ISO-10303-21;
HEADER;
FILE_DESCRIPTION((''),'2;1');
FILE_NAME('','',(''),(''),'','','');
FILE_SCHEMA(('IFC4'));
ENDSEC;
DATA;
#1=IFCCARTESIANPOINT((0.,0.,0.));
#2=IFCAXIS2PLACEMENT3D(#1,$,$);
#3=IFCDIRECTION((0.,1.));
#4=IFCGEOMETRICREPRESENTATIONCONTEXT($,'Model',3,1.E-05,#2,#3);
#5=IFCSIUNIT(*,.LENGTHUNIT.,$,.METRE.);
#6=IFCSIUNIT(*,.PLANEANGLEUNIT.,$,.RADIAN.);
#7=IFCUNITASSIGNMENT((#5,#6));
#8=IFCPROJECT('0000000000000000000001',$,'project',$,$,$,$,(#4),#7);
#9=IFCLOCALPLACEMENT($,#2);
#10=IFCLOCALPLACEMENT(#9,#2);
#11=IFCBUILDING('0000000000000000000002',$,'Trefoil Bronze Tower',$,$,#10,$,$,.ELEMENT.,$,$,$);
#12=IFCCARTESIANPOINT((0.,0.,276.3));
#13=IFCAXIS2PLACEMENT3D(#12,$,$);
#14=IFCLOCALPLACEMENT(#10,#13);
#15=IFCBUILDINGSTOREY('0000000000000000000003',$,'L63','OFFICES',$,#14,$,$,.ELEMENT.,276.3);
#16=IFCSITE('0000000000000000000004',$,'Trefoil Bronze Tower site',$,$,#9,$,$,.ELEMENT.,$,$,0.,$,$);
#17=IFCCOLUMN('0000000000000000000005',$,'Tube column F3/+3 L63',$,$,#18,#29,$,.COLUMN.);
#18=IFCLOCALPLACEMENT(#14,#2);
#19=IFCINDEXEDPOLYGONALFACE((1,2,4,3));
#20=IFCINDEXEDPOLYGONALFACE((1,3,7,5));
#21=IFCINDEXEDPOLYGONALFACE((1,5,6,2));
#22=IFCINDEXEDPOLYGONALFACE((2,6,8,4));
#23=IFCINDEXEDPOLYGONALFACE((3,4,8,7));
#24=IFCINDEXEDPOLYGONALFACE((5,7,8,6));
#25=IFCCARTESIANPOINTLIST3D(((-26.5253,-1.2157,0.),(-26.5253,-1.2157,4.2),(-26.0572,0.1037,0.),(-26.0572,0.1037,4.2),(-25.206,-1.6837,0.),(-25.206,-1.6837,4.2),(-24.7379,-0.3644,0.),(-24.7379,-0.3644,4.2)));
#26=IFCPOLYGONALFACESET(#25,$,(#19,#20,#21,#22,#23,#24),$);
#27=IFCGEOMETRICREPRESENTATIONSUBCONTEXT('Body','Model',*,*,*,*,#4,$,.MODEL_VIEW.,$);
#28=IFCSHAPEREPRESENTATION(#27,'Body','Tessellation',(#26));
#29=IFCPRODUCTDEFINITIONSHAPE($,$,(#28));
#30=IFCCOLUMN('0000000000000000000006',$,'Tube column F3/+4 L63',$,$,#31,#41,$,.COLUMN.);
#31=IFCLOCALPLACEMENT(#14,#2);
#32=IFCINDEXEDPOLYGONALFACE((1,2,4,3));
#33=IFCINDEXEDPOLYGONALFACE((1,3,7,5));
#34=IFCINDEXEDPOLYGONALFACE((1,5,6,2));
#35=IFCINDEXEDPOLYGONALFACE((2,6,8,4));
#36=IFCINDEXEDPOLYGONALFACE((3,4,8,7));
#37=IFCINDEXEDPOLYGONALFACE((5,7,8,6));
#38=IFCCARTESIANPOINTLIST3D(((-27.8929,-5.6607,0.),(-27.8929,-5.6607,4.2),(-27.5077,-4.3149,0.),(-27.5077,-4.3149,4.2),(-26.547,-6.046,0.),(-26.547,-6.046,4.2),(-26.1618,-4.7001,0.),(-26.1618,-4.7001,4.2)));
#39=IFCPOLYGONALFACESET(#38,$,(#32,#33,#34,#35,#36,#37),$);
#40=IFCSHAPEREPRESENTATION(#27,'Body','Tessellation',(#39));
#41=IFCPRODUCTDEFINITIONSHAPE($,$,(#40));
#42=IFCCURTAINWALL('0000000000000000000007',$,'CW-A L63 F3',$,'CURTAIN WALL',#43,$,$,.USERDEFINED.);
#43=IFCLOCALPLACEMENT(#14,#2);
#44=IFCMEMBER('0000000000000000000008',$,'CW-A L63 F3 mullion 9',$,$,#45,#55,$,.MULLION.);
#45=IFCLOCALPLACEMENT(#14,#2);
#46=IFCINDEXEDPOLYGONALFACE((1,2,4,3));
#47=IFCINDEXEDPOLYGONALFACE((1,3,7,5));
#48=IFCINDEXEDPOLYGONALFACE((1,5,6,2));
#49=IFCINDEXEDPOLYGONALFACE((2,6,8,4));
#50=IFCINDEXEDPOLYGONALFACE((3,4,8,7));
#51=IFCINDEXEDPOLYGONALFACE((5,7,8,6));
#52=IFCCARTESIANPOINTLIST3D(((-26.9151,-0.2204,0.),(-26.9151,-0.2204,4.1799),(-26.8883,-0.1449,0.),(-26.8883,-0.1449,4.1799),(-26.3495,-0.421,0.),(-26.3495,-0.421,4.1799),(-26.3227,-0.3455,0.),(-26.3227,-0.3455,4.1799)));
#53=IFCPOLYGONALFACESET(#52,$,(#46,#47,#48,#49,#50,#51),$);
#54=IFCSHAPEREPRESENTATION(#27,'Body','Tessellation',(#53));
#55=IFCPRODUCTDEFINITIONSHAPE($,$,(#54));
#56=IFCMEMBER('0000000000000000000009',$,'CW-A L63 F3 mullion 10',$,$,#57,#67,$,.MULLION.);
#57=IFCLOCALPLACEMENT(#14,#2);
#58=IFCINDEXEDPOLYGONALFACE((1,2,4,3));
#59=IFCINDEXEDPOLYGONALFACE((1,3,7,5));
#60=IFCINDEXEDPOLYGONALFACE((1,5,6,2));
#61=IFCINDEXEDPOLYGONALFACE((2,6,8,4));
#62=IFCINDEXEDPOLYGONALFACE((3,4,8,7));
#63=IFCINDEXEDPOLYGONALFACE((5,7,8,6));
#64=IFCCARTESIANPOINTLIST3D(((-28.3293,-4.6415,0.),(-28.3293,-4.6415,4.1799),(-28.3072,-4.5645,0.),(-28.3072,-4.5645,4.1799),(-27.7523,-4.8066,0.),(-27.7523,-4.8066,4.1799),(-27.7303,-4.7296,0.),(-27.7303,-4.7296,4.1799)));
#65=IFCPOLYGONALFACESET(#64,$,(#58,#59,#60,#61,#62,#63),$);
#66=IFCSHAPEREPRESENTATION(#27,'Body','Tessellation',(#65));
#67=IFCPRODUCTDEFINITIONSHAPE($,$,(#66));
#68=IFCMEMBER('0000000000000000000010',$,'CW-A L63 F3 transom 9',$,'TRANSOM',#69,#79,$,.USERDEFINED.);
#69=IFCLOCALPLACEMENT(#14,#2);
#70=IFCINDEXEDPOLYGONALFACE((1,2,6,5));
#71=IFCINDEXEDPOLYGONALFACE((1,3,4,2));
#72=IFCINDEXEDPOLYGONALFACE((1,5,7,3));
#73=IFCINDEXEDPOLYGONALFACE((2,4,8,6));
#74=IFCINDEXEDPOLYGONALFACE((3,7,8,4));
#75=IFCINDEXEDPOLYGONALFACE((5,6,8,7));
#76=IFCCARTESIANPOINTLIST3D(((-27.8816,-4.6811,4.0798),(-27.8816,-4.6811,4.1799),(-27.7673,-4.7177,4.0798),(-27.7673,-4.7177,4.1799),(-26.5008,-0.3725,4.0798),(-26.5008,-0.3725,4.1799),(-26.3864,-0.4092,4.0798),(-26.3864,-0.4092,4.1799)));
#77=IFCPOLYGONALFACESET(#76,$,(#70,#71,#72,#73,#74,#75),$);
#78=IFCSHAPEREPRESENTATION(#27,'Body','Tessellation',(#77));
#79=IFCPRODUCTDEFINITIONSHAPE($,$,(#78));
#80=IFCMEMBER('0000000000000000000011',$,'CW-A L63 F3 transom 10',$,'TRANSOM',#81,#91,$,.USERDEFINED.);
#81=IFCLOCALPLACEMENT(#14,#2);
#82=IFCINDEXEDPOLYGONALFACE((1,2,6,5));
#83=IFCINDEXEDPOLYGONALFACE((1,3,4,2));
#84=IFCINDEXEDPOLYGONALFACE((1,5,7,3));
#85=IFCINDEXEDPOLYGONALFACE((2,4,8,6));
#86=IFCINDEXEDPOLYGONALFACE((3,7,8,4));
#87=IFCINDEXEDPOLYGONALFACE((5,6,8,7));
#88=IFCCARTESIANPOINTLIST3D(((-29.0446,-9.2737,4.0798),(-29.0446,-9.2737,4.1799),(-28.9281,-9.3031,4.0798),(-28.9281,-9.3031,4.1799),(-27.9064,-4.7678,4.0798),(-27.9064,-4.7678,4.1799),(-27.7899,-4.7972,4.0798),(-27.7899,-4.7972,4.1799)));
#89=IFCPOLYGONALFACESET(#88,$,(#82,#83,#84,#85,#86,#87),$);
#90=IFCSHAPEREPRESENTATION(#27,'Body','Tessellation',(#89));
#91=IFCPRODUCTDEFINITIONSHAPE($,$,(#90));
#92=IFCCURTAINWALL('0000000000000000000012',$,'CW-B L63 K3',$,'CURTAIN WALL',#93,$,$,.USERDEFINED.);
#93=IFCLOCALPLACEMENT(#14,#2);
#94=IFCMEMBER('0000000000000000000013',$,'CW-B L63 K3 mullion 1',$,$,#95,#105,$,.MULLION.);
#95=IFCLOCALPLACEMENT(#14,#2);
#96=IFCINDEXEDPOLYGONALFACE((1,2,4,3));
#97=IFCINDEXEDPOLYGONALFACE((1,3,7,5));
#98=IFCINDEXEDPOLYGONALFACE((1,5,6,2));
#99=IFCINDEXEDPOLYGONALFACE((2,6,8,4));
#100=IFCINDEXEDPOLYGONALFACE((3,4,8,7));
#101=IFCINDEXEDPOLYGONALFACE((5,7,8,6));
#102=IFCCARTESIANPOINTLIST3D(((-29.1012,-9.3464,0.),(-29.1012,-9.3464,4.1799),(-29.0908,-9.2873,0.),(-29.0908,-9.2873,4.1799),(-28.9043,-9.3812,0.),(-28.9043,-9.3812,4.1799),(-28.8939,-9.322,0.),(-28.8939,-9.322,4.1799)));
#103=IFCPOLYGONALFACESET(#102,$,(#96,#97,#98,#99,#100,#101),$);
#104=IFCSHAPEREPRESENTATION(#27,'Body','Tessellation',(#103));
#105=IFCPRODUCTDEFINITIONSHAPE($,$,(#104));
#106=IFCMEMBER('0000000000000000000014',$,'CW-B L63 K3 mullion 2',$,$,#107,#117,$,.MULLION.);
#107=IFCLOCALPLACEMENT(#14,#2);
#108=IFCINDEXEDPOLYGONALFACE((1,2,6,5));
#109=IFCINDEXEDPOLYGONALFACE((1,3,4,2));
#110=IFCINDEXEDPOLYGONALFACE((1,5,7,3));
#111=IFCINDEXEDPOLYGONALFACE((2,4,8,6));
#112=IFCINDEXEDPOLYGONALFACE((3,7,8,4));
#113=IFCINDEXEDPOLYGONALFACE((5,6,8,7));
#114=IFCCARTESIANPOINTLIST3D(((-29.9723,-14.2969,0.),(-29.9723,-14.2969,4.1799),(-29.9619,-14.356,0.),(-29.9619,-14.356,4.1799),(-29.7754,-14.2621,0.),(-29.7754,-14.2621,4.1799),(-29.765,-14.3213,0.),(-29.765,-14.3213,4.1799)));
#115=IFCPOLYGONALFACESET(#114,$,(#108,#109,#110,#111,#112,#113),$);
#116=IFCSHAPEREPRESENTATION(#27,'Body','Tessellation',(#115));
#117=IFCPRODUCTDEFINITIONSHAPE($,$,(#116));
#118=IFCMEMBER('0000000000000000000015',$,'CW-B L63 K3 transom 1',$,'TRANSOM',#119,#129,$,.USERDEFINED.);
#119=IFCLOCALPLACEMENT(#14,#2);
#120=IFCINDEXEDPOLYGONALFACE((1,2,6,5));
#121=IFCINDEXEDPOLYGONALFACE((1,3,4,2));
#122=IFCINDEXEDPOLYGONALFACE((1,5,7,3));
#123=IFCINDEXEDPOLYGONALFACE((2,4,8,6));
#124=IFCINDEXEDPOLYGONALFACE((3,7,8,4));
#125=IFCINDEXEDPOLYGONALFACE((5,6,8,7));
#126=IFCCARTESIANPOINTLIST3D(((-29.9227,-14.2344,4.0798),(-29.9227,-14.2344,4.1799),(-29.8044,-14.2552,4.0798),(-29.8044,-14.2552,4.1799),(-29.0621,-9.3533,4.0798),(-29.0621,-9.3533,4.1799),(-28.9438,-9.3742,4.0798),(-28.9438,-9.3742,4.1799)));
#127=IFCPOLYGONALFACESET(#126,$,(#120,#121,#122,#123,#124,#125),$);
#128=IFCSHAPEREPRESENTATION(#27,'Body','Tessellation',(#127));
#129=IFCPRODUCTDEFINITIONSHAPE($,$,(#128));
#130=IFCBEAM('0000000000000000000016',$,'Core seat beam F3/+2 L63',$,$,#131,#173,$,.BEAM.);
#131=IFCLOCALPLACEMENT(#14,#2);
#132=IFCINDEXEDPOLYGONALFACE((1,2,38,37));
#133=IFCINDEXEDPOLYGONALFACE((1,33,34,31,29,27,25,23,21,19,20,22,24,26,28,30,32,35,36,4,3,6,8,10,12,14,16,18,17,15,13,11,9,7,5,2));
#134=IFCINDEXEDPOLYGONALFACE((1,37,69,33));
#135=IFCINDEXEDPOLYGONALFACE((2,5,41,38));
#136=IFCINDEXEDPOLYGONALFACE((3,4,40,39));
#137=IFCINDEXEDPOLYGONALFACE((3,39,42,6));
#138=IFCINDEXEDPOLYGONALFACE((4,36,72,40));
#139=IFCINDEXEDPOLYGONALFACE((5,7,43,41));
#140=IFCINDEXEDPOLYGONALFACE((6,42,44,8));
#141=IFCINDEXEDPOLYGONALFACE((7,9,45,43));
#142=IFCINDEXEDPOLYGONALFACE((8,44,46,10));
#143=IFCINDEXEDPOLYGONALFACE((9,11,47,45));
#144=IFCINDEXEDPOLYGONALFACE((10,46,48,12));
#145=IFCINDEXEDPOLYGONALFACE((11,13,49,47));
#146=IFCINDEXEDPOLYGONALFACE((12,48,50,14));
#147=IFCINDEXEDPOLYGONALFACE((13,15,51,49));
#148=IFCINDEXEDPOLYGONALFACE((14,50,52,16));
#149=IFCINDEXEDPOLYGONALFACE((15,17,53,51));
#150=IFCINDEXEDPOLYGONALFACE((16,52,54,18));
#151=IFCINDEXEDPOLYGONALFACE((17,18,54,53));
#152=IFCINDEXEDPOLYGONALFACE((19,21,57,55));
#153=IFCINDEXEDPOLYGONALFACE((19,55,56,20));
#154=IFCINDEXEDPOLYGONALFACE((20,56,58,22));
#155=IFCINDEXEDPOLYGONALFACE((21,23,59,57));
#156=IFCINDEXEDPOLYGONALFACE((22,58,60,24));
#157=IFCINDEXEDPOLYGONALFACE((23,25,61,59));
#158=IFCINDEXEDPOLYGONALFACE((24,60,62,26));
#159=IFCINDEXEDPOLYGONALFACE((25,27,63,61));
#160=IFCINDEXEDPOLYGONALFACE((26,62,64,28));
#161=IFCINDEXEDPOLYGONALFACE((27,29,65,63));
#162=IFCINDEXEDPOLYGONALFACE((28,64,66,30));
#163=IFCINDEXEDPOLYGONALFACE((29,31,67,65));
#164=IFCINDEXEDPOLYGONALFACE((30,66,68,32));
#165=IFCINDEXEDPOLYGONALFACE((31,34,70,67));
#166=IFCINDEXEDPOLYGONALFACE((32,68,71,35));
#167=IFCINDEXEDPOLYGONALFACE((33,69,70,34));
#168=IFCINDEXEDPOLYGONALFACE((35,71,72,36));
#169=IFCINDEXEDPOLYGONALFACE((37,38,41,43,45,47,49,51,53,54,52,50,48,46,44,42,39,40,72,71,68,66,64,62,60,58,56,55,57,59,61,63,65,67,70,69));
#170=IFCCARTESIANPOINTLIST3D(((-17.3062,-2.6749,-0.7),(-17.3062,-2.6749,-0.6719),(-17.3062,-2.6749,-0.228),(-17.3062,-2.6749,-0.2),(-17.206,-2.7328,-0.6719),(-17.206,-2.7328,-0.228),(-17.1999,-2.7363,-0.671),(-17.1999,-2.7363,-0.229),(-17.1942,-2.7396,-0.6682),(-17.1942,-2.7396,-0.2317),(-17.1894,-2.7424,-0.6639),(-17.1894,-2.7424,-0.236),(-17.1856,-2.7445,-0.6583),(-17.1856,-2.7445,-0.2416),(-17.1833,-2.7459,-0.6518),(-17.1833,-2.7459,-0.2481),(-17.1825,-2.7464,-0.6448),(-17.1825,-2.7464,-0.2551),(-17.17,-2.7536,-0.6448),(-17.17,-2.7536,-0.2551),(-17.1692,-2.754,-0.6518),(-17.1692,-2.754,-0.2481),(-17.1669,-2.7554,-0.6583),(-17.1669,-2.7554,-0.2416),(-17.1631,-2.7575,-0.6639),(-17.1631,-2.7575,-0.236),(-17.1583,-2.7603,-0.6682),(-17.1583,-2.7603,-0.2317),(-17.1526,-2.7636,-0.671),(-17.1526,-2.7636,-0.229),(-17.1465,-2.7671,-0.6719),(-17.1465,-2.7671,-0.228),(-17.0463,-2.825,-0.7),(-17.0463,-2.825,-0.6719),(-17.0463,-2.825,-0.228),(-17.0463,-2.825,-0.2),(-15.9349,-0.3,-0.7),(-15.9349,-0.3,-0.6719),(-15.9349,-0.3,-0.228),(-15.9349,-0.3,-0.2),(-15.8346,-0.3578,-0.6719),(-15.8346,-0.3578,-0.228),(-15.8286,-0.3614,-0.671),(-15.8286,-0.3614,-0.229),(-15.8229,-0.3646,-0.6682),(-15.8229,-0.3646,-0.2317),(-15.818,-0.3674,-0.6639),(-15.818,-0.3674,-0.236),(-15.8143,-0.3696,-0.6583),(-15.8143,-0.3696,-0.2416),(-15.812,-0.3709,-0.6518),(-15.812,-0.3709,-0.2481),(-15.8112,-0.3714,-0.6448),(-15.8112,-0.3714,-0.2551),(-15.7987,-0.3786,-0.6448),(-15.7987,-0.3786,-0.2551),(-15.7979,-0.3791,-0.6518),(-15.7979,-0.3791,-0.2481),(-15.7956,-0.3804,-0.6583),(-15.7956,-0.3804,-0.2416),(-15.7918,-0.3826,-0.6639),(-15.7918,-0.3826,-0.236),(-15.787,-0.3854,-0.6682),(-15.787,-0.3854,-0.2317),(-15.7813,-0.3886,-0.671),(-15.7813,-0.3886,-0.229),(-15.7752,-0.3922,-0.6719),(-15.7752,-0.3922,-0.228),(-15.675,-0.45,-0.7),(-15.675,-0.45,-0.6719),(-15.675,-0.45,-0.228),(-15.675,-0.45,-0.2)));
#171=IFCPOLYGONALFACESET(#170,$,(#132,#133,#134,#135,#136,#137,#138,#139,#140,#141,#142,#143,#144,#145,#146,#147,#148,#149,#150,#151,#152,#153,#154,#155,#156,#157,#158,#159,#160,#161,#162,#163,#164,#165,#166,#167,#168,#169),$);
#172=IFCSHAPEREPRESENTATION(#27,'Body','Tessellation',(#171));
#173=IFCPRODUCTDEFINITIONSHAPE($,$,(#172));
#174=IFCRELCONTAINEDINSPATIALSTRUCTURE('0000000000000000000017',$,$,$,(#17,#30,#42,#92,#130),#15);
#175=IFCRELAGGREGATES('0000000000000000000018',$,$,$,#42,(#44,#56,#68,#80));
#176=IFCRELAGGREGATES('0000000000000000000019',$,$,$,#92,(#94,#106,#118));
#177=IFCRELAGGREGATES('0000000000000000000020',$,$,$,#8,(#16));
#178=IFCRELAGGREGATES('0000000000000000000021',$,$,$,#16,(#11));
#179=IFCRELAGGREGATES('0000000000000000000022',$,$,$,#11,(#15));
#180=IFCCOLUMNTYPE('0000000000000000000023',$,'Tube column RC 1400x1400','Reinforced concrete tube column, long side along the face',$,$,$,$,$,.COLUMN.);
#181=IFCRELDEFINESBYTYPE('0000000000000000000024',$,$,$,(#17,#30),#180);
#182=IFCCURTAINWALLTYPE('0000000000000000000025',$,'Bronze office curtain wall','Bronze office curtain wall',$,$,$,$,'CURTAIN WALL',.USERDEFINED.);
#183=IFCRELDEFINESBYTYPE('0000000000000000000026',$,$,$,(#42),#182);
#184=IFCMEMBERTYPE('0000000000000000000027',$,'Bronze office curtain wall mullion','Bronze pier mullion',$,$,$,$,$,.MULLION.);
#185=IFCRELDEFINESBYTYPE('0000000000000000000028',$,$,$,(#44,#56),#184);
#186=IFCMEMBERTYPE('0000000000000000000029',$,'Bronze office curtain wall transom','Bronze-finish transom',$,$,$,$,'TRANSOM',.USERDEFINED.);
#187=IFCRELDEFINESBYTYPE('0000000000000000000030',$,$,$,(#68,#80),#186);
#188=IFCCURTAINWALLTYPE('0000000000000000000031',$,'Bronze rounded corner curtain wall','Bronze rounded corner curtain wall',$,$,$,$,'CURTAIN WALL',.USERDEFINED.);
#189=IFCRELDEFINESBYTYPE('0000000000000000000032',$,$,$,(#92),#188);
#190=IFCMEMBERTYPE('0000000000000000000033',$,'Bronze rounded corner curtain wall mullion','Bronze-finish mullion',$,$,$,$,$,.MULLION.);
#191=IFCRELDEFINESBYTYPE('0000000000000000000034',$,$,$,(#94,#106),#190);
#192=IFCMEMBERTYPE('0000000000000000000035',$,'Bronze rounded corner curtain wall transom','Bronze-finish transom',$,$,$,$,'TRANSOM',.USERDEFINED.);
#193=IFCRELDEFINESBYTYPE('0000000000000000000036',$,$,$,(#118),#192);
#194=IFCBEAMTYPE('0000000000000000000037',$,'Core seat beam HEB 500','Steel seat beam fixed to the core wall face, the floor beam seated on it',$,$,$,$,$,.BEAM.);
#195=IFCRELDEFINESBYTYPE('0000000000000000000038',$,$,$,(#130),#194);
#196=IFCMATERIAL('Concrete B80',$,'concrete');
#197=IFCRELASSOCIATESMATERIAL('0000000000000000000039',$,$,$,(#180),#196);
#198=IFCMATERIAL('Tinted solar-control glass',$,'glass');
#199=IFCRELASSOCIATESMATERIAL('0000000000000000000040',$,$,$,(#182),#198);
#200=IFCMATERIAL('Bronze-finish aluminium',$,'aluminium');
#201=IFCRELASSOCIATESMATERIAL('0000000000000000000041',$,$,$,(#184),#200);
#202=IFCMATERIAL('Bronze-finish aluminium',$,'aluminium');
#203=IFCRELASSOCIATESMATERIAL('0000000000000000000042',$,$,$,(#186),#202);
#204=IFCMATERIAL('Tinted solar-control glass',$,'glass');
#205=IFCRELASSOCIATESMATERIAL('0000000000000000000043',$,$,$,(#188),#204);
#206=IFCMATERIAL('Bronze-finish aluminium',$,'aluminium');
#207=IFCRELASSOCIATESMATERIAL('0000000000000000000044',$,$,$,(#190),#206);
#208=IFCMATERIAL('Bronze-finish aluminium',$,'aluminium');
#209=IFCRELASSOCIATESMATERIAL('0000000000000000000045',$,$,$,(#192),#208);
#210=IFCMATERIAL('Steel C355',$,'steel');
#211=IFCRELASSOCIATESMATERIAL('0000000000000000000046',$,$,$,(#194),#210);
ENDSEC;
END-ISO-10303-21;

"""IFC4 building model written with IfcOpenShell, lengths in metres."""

from ifc_helpers import new_model, si_unit, direction, frame, origin, origin_2d, place, context, subcontext, project, spatial, rectangle, i_section, extrude, material, material_profile, profile_set, type_object, element, aggregate, save


model = new_model("IFC4")

# Units and contexts
model_context = context("Model", 3, precision=1e-05, world=origin(), true_north=direction((0.0, 1.0)))
body_context = subcontext(model_context, "Body", "Model", "MODEL_VIEW")
ifc_project = project(units=[si_unit("LENGTHUNIT", "METRE"), si_unit("PLANEANGLEUNIT", "RADIAN")], contexts=[model_context])

# Site, building, storey
site_placement = place(None, origin())
site = spatial("IfcSite", under=ifc_project, at=site_placement, Name="Trefoil Bronze Tower site", CompositionType="ELEMENT", RefElevation=0.0)
building_placement = place(site_placement, origin())
building = spatial("IfcBuilding", under=site, at=building_placement, Name="Trefoil Bronze Tower", CompositionType="ELEMENT")
storey_placement = place(building_placement, frame((0.0, 0.0, 276.3)))
storey = spatial("IfcBuildingStorey", under=building, at=storey_placement, Name="L63", Description="OFFICES", CompositionType="ELEMENT", Elevation=276.3)

# Columns
ifc_material_1 = material(Name="Concrete B80", Category="concrete")
ifc_material_profile_1 = material_profile(ifc_material_1, rectangle(XDim=1.3999, YDim=1.3999, at=origin_2d()), Name="RC 1400x1400")
ifc_profile_set_1 = profile_set([ifc_material_profile_1], Name="Concrete B80")
column_type = type_object("IfcColumnType", Name="Tube column RC 1400x1400", Description="Reinforced concrete tube column, long side along the face", PredefinedType="COLUMN", material=ifc_profile_set_1)
for number, where, z_axis, x_axis, name in (
    (1, (-25.6316, -0.79, 0.0), (0.0, 0.0, 1.0), (-0.334352, -0.942448, 0.0), "Tube column F3/+3 L63"),
    (2, (-27.0273, -5.1804, 0.0), (0.0, 0.0, 1.0), (-0.275169, -0.961396, 0.0), "Tube column F3/+4 L63"),
):
    element("IfcColumn", number, at=place(storey_placement, frame(where, z_axis=z_axis, x_axis=x_axis)), inside=storey, type_object=column_type, Name=name, PredefinedType="COLUMN", context=body_context, shape_type="SweptSolid", body=[
        extrude(rectangle(XDim=1.3999, YDim=1.3999, at=origin_2d()), origin(), (0.0, 0.0, 1.0), 4.2),
    ])

# Curtain walls, members
ifc_material_2 = material(Name="Tinted solar-control glass", Category="glass")
curtain_wall_type_1 = type_object("IfcCurtainWallType", Name="Bronze office curtain wall", Description="Bronze office curtain wall", ElementType="CURTAIN WALL", PredefinedType="USERDEFINED", material=ifc_material_2)
curtain_wall_1_placement = place(storey_placement, origin())
curtain_wall_1 = element("IfcCurtainWall", 3, at=curtain_wall_1_placement, inside=storey, type_object=curtain_wall_type_1, Name="CW-A L63 F3", ObjectType="CURTAIN WALL", PredefinedType="USERDEFINED")
ifc_material_3 = material(Name="Bronze-finish aluminium", Category="aluminium")
ifc_material_profile_2 = material_profile(ifc_material_3, rectangle(XDim=0.6001, YDim=0.0801, at=origin_2d()), Name="CW-A mullion")
ifc_profile_set_2 = profile_set([ifc_material_profile_2], Name="Bronze-finish aluminium")
member_type_1 = type_object("IfcMemberType", Name="Bronze office curtain wall mullion", Description="Bronze pier mullion", PredefinedType="MULLION", material=ifc_profile_set_2)
member_1_placement = place(storey_placement, frame((-26.6189, -0.283, 0.0), z_axis=(0.0, 0.0, 1.0), x_axis=(0.942448, -0.334352, 0.0)))
member_1 = element("IfcMember", 4, at=member_1_placement, type_object=member_type_1, Name="CW-A L63 F3 mullion 9", PredefinedType="MULLION", context=body_context, shape_type="SweptSolid", body=[
    extrude(rectangle(XDim=0.6001, YDim=0.0801, at=origin_2d()), origin(), (0.0, 0.0, 1.0), 4.1799),
])
member_2_placement = place(storey_placement, frame((-28.0298, -4.6855, 0.0), z_axis=(0.0, 0.0, 1.0), x_axis=(0.961396, -0.275169, 0.0)))
member_2 = element("IfcMember", 5, at=member_2_placement, type_object=member_type_1, Name="CW-A L63 F3 mullion 10", PredefinedType="MULLION", context=body_context, shape_type="SweptSolid", body=[
    extrude(rectangle(XDim=0.6001, YDim=0.0801, at=origin_2d()), origin(), (0.0, 0.0, 1.0), 4.1799),
])
ifc_material_4 = material(Name="Bronze-finish aluminium", Category="aluminium")
ifc_material_profile_3 = material_profile(ifc_material_4, rectangle(XDim=0.1201, YDim=0.1001, at=origin_2d()), Name="CW-A transom")
ifc_profile_set_3 = profile_set([ifc_material_profile_3], Name="Bronze-finish aluminium")
member_type_2 = type_object("IfcMemberType", Name="Bronze office curtain wall transom", Description="Bronze-finish transom", ElementType="TRANSOM", PredefinedType="USERDEFINED", material=ifc_profile_set_3)
member_3_placement = place(storey_placement, frame((-26.4436, -0.3909, 4.1299), z_axis=(-0.305199, -0.952289, 0.0), x_axis=(0.952289, -0.305199, 0.0)))
member_3 = element("IfcMember", 6, at=member_3_placement, type_object=member_type_2, Name="CW-A L63 F3 transom 9", ObjectType="TRANSOM", PredefinedType="USERDEFINED", context=body_context, shape_type="SweptSolid", body=[
    extrude(rectangle(XDim=0.1201, YDim=0.1001, at=origin_2d()), origin(), (0.0, 0.0, 1.0), 4.5244),
])
member_4_placement = place(storey_placement, frame((-27.8481, -4.7825, 4.1299), z_axis=(-0.244908, -0.969546, 0.0), x_axis=(0.969546, -0.244908, 0.0)))
member_4 = element("IfcMember", 7, at=member_4_placement, type_object=member_type_2, Name="CW-A L63 F3 transom 10", ObjectType="TRANSOM", PredefinedType="USERDEFINED", context=body_context, shape_type="SweptSolid", body=[
    extrude(rectangle(XDim=0.1201, YDim=0.1001, at=origin_2d()), origin(), (0.0, 0.0, 1.0), 4.6475),
])
ifc_material_5 = material(Name="Tinted solar-control glass", Category="glass")
curtain_wall_type_2 = type_object("IfcCurtainWallType", Name="Bronze rounded corner curtain wall", Description="Bronze rounded corner curtain wall", ElementType="CURTAIN WALL", PredefinedType="USERDEFINED", material=ifc_material_5)
curtain_wall_2_placement = place(storey_placement, origin())
curtain_wall_2 = element("IfcCurtainWall", 8, at=curtain_wall_2_placement, inside=storey, type_object=curtain_wall_type_2, Name="CW-B L63 K3", ObjectType="CURTAIN WALL", PredefinedType="USERDEFINED")
ifc_material_6 = material(Name="Bronze-finish aluminium", Category="aluminium")
ifc_material_profile_4 = material_profile(ifc_material_6, rectangle(XDim=0.2, YDim=0.0601, at=origin_2d()), Name="CW-B mullion")
ifc_profile_set_4 = profile_set([ifc_material_profile_4], Name="Bronze-finish aluminium")
member_type_3 = type_object("IfcMemberType", Name="Bronze rounded corner curtain wall mullion", Description="Bronze-finish mullion", PredefinedType="MULLION", material=ifc_profile_set_4)
member_5_placement = place(storey_placement, frame((-28.9976, -9.3342, 0.0), z_axis=(0.0, 0.0, 1.0), x_axis=(0.984808, -0.173648, 0.0)))
member_5 = element("IfcMember", 9, at=member_5_placement, type_object=member_type_3, Name="CW-B L63 K3 mullion 1", PredefinedType="MULLION", context=body_context, shape_type="SweptSolid", body=[
    extrude(rectangle(XDim=0.2, YDim=0.0601, at=origin_2d()), origin(), (0.0, 0.0, 1.0), 4.1799),
])
member_6_placement = place(storey_placement, frame((-29.8687, -14.3091, 0.0), z_axis=(0.0, 0.0, 1.0), x_axis=(0.984808, 0.173648, 0.0)))
member_6 = element("IfcMember", 10, at=member_6_placement, type_object=member_type_3, Name="CW-B L63 K3 mullion 2", PredefinedType="MULLION", context=body_context, shape_type="SweptSolid", body=[
    extrude(rectangle(XDim=0.2, YDim=0.0601, at=origin_2d()), origin(), (0.0, 0.0, 1.0), 4.1799),
])
ifc_material_7 = material(Name="Bronze-finish aluminium", Category="aluminium")
ifc_material_profile_5 = material_profile(ifc_material_7, rectangle(XDim=0.1201, YDim=0.1001, at=origin_2d()), Name="CW-B transom")
ifc_profile_set_5 = profile_set([ifc_material_profile_5], Name="Bronze-finish aluminium")
member_type_4 = type_object("IfcMemberType", Name="Bronze rounded corner curtain wall transom", Description="Bronze-finish transom", ElementType="TRANSOM", PredefinedType="USERDEFINED", material=ifc_profile_set_5)
member_7_placement = place(storey_placement, frame((-29.0029, -9.3638, 4.1299), z_axis=(-0.173634, -0.98481, 0.0), x_axis=(0.98481, -0.173634, 0.0)))
member_7 = element("IfcMember", 11, at=member_7_placement, type_object=member_type_4, Name="CW-B L63 K3 transom 1", ObjectType="TRANSOM", PredefinedType="USERDEFINED", context=body_context, shape_type="SweptSolid", body=[
    extrude(rectangle(XDim=0.1201, YDim=0.1001, at=origin_2d()), origin(), (0.0, 0.0, 1.0), 4.9563),
])

# Beam
ifc_material_8 = material(Name="Steel C355", Category="steel")
ifc_material_profile_6 = material_profile(ifc_material_8, i_section(OverallWidth=0.3, OverallDepth=0.5, WebThickness=0.0144, FlangeThickness=0.0281, FilletRadius=0.0271, at=origin_2d()), Name="HEB 500")
ifc_profile_set_6 = profile_set([ifc_material_profile_6], Name="Steel C355")
beam_type_1 = type_object("IfcBeamType", Name="Core seat beam HEB 500", Description="Steel seat beam fixed to the core wall face, the floor beam seated on it", PredefinedType="BEAM", material=ifc_profile_set_6)
beam_1_placement = place(storey_placement, frame((-15.8049, -0.375, -0.45), z_axis=(-0.500036, -0.866005, 0.0), x_axis=(0.866005, -0.500036, 0.0)))
element("IfcBeam", 12, at=beam_1_placement, inside=storey, type_object=beam_type_1, Name="Core seat beam F3/+2 L63", PredefinedType="BEAM", context=body_context, shape_type="SweptSolid", body=[
    extrude(i_section(OverallWidth=0.3, OverallDepth=0.5, WebThickness=0.0144, FlangeThickness=0.0281, FilletRadius=0.0271, at=origin_2d()), origin(), (0.0, 0.0, 1.0), 2.7424),
])

aggregate(curtain_wall_1, [member_1, member_2, member_3, member_4])
aggregate(curtain_wall_2, [member_5, member_6, member_7])

save(model, "model.ifc")
